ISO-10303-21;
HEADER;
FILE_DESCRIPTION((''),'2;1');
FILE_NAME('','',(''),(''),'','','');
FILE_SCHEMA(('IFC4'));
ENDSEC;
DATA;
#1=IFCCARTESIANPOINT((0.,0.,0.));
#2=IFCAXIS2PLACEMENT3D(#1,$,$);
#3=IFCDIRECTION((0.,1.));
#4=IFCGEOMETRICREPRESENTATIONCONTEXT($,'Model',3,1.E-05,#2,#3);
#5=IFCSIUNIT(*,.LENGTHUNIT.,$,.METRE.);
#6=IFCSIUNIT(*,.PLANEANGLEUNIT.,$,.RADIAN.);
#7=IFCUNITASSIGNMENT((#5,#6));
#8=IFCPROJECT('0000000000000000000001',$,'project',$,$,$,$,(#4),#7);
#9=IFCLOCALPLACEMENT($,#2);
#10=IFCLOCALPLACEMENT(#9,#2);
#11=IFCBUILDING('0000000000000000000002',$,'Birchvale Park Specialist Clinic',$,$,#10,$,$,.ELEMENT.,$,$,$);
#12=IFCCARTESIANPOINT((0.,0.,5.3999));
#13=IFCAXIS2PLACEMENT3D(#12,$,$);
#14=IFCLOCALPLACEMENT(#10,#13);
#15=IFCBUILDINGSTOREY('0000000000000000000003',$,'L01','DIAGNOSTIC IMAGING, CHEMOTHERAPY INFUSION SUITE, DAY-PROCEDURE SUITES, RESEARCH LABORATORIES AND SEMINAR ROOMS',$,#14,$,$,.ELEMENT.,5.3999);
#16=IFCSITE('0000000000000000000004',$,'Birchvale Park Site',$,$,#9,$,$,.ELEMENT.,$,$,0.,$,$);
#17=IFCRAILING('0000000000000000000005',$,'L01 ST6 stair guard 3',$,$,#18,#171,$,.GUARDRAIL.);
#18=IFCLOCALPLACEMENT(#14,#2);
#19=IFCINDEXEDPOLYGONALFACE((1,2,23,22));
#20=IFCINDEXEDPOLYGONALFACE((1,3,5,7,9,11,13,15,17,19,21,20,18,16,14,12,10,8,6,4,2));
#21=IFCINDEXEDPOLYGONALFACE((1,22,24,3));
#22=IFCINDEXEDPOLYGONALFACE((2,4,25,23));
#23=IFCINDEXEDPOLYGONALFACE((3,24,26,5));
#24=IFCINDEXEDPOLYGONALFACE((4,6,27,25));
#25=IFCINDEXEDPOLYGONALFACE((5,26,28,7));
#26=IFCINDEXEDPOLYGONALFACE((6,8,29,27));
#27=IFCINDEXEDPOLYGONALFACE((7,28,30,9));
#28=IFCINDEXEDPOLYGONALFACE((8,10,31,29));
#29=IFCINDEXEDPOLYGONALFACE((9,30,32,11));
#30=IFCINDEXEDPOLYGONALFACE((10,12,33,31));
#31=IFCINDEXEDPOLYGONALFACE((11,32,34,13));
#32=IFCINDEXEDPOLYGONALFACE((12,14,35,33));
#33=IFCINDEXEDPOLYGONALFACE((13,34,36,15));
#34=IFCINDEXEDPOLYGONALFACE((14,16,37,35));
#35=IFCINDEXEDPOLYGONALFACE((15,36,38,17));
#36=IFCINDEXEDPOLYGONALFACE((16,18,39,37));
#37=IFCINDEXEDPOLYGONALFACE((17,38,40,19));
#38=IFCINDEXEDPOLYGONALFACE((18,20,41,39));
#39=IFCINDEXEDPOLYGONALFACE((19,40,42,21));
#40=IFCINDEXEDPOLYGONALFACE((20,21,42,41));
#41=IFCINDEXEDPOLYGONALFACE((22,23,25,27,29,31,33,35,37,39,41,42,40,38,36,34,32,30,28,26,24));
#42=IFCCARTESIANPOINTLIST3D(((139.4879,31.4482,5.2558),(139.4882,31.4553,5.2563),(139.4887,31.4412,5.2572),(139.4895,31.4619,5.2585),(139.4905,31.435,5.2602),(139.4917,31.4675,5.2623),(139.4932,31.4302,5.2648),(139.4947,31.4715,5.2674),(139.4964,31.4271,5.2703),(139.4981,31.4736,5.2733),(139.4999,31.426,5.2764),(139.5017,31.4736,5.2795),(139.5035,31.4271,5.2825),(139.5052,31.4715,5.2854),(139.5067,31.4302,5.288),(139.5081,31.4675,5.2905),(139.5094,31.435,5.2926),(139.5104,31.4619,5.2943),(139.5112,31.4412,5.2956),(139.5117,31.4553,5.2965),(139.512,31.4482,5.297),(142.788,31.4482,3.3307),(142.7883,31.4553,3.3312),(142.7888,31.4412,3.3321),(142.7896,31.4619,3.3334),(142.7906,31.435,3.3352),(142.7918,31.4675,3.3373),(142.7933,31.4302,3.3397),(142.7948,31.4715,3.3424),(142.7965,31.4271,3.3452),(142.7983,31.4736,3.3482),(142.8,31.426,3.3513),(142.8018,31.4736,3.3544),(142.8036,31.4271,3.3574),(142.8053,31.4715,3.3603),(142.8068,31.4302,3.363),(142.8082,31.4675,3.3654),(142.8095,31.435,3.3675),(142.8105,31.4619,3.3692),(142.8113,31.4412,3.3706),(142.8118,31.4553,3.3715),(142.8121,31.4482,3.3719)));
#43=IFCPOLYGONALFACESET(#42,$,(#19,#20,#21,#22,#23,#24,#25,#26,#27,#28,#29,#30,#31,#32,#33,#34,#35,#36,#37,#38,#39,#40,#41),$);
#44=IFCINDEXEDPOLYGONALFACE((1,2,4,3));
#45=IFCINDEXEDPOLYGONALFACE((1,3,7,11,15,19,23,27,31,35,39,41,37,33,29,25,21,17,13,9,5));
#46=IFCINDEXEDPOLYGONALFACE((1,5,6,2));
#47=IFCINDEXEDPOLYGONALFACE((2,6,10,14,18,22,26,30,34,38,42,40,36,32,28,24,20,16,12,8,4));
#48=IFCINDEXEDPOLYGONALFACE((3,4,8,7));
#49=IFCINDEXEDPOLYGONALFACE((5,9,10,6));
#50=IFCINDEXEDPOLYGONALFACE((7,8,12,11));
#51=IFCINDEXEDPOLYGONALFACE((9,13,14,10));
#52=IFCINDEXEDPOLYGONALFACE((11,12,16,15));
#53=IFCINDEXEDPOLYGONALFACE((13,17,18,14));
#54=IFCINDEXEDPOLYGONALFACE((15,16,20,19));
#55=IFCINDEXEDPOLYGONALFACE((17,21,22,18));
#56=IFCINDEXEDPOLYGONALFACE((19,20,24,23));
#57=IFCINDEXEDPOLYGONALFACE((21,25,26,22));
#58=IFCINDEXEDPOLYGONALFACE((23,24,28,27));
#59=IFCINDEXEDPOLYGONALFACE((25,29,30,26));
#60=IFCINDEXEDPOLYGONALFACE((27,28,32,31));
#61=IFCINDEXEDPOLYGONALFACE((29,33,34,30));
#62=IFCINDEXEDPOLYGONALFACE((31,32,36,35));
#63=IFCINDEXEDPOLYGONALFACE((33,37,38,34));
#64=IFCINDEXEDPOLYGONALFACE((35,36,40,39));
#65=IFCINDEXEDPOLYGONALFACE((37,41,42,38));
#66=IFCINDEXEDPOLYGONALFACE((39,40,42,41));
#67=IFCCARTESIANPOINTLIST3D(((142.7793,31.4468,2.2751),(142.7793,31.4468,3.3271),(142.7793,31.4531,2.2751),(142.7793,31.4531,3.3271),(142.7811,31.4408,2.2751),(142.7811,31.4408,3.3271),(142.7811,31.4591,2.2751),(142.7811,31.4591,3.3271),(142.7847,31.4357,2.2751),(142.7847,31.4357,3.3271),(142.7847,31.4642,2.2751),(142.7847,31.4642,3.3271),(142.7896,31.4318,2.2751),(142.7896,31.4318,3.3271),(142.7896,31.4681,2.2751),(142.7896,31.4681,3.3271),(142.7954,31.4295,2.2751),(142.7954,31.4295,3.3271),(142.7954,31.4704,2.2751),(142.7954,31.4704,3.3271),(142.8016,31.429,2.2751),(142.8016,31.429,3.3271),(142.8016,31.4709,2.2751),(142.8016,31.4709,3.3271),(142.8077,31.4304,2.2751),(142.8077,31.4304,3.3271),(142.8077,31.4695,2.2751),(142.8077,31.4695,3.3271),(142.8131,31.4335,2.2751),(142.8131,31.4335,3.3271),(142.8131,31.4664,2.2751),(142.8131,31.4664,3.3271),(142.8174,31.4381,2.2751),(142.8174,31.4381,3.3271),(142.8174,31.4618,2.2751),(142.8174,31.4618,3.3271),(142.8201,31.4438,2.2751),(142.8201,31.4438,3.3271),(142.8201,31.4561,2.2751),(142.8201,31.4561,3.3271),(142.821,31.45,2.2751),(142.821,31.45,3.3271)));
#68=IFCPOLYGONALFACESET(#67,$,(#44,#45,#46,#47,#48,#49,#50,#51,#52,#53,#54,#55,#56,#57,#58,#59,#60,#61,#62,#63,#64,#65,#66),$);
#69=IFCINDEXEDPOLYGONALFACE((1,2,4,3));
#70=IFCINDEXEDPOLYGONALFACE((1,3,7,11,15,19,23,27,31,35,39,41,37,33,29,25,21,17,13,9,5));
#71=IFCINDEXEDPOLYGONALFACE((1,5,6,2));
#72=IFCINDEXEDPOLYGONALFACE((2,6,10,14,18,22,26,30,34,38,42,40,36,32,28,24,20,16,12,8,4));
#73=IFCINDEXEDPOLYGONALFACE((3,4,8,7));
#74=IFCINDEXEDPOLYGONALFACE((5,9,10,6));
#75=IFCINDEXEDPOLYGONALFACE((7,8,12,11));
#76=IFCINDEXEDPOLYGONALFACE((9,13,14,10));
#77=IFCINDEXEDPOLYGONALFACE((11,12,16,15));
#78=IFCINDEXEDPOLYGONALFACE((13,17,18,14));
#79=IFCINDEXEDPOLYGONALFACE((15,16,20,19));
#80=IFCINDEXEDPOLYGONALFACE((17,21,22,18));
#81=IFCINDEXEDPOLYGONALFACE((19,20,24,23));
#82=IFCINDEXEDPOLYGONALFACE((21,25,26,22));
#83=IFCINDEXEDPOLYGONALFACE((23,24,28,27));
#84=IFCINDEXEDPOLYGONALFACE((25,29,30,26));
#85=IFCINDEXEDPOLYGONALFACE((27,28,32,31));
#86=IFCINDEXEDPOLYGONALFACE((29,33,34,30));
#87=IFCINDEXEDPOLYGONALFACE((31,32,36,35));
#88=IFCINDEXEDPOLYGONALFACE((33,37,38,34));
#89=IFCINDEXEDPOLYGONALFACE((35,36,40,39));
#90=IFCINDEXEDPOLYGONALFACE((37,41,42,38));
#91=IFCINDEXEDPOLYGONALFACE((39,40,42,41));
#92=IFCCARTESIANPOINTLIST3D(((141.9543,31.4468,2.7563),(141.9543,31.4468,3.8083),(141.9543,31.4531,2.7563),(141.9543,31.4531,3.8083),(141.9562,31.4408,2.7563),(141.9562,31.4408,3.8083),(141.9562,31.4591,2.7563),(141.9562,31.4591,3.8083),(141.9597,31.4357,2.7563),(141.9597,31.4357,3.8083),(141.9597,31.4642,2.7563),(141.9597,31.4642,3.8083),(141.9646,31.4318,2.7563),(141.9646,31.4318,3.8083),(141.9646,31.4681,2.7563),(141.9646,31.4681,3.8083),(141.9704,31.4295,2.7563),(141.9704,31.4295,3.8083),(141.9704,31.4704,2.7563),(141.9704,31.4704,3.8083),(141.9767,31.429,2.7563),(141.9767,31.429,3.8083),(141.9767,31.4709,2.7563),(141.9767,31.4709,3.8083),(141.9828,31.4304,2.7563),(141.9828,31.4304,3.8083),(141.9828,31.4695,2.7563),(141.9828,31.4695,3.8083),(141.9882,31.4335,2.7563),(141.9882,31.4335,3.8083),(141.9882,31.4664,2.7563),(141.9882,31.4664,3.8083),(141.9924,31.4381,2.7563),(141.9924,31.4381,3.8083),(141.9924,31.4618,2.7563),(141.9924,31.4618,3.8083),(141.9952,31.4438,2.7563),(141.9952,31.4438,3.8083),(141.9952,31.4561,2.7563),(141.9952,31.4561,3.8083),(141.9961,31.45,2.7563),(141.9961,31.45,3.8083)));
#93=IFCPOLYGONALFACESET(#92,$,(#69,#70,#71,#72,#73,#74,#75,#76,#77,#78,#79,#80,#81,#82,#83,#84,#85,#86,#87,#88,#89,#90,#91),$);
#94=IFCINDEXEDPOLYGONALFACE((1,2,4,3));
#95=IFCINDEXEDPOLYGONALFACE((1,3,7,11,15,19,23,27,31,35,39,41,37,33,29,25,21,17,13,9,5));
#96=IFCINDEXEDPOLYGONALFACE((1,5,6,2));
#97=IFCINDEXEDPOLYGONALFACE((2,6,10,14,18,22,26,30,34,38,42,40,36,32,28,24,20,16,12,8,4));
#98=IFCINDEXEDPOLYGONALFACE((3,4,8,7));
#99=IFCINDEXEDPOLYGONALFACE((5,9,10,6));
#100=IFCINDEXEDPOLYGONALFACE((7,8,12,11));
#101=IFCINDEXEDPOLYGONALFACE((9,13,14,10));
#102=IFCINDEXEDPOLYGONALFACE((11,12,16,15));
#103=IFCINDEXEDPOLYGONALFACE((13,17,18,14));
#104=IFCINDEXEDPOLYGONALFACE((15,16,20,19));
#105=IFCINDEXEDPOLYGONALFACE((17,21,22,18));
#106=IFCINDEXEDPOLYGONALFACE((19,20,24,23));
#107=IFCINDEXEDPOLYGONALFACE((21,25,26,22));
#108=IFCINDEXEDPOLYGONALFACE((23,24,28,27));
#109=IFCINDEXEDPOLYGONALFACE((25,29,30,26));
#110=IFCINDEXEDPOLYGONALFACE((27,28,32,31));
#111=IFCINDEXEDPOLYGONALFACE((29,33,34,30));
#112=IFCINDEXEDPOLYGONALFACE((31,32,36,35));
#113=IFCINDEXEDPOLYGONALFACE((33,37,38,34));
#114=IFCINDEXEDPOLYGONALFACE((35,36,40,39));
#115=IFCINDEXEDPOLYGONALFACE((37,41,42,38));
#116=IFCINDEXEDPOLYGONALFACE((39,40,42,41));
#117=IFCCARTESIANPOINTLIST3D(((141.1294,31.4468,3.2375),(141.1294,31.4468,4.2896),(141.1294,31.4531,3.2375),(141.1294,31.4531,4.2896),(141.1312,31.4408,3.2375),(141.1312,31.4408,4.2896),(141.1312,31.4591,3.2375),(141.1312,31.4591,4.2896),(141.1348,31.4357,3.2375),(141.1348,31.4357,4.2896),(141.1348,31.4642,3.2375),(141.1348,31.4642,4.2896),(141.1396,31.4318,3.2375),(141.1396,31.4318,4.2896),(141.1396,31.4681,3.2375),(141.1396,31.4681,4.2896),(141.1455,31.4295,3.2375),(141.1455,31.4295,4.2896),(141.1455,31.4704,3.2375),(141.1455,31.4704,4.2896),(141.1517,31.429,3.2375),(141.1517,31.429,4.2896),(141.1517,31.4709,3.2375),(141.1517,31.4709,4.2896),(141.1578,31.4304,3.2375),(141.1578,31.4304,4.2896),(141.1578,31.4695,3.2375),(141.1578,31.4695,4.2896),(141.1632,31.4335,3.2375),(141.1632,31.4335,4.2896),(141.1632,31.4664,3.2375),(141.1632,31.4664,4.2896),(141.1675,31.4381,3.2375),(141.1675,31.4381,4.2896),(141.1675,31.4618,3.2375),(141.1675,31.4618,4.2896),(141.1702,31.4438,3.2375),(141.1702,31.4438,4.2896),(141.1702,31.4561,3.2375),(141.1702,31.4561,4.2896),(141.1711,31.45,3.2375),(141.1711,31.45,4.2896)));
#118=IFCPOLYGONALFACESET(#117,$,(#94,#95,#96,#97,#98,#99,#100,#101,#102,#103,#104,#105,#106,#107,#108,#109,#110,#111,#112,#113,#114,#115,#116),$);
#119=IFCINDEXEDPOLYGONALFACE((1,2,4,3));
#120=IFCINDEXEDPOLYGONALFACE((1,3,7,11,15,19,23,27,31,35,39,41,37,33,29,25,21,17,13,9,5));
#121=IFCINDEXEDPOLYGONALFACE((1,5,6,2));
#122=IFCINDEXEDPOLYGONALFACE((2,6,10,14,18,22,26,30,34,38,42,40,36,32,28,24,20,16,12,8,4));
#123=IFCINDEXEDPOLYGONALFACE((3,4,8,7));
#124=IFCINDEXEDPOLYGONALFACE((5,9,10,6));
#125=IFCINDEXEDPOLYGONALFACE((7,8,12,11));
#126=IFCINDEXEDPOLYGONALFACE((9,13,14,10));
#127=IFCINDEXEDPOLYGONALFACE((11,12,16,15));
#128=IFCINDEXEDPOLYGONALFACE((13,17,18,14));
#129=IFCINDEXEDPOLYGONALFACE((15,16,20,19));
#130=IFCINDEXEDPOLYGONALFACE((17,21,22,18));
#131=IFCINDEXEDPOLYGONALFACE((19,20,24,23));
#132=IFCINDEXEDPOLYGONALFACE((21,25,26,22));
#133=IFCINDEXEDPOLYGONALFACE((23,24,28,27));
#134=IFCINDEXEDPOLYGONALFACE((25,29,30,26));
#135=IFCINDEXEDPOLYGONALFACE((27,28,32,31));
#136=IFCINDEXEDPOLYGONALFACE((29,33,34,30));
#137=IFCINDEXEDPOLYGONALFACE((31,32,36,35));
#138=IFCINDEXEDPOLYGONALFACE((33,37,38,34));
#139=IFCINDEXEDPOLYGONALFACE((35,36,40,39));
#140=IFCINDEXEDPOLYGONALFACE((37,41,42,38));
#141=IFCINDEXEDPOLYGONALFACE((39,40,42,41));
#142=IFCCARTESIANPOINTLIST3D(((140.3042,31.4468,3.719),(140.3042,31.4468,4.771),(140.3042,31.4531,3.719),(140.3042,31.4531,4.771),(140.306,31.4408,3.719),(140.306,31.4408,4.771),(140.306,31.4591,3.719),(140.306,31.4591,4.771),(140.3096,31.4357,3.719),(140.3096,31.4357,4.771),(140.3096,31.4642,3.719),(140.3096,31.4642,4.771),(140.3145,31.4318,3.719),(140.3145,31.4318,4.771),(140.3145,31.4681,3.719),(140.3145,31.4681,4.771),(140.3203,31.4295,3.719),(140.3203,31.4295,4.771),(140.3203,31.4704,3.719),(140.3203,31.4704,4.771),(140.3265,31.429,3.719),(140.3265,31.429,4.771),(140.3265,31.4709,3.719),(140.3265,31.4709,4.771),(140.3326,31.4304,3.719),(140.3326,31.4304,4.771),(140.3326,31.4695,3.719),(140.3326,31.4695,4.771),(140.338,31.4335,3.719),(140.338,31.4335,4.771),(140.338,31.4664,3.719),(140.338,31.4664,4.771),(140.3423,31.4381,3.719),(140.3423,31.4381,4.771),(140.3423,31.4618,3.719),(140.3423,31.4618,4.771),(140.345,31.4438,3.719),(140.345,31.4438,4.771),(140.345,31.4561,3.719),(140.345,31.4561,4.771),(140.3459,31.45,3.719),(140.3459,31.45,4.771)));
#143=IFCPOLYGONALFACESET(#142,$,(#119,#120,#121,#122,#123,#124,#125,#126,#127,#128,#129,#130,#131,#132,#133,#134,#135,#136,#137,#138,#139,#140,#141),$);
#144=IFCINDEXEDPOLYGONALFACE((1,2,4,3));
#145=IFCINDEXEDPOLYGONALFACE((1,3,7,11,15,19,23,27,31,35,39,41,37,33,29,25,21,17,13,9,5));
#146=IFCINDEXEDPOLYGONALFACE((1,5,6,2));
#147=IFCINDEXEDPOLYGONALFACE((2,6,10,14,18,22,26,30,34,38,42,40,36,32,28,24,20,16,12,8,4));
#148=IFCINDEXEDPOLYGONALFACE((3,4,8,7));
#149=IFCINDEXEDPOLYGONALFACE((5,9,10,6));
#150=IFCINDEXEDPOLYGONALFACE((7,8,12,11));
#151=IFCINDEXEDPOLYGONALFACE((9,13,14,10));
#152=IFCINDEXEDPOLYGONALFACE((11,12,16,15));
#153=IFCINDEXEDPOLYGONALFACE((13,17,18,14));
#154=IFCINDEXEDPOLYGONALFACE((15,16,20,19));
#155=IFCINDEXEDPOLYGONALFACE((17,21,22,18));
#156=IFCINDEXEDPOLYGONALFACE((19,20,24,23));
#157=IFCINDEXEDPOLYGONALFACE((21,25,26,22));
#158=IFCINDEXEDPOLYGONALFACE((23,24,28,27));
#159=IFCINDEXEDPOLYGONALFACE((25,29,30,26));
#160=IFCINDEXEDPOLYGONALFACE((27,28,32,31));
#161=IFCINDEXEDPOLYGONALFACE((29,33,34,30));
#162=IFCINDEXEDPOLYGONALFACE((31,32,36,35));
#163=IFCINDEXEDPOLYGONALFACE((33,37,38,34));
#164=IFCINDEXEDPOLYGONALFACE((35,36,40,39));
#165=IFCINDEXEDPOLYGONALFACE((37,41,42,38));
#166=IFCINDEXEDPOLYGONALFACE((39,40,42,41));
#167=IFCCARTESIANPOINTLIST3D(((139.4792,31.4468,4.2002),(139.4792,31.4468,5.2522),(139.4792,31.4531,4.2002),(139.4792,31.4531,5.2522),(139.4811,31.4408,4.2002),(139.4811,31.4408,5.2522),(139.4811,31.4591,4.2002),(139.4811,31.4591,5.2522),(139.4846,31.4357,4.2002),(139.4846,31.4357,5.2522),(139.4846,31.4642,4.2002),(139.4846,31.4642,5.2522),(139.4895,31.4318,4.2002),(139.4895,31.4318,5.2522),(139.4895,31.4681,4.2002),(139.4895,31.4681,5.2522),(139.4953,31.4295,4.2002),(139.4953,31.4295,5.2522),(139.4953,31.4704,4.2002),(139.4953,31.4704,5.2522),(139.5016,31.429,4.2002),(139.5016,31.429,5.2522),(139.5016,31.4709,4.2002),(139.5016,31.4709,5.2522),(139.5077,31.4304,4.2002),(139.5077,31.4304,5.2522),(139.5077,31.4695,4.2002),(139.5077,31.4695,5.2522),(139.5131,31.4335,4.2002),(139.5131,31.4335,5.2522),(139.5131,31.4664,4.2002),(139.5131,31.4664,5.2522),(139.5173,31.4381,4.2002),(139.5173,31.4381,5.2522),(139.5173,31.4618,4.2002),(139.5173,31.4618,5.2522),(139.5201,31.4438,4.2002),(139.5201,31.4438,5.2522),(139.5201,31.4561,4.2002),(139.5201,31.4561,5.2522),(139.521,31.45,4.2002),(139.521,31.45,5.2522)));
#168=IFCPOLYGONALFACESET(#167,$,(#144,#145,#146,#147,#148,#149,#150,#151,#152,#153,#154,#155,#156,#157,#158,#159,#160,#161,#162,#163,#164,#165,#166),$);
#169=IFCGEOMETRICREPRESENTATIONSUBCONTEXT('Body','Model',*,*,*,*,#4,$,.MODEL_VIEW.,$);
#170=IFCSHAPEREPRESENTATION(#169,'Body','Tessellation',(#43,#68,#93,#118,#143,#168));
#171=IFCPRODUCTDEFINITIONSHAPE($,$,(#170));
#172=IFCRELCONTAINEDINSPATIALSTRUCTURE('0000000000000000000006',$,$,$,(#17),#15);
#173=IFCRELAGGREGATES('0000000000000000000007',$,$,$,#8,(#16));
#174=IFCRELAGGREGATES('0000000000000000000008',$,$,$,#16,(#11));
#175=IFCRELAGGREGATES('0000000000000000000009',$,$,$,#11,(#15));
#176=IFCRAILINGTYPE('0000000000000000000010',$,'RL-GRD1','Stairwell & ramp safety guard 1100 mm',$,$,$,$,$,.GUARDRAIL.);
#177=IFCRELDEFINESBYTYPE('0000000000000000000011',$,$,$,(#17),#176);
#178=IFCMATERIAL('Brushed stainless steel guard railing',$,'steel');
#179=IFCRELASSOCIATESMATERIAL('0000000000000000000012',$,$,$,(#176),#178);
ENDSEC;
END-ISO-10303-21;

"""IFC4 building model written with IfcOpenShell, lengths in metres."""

from ifc_helpers import new_model, si_unit, direction, frame, origin, origin_2d, place, context, subcontext, project, spatial, circle, extrude, material, type_object, element, save


model = new_model("IFC4")

# Units and contexts
model_context = context("Model", 3, precision=1e-05, world=origin(), true_north=direction((0.0, 1.0)))
body_context = subcontext(model_context, "Body", "Model", "MODEL_VIEW")
ifc_project = project(units=[si_unit("LENGTHUNIT", "METRE"), si_unit("PLANEANGLEUNIT", "RADIAN")], contexts=[model_context])

# Site, building, storey
site_placement = place(None, origin())
site = spatial("IfcSite", under=ifc_project, at=site_placement, Name="Birchvale Park Site", CompositionType="ELEMENT", RefElevation=0.0)
building_placement = place(site_placement, origin())
building = spatial("IfcBuilding", under=site, at=building_placement, Name="Birchvale Park Specialist Clinic", CompositionType="ELEMENT")
storey_placement = place(building_placement, frame((0.0, 0.0, 5.3999)))
storey = spatial("IfcBuildingStorey", under=building, at=storey_placement, Name="L01", Description="DIAGNOSTIC IMAGING, CHEMOTHERAPY INFUSION SUITE, DAY-PROCEDURE SUITES, RESEARCH LABORATORIES AND SEMINAR ROOMS", CompositionType="ELEMENT", Elevation=5.3999)

# Railing
ifc_material_1 = material(Name="Brushed stainless steel guard railing", Category="steel")
railing_type_1 = type_object("IfcRailingType", Name="RL-GRD1", Description="Stairwell & ramp safety guard 1100 mm", PredefinedType="GUARDRAIL", material=ifc_material_1)
railing_1_placement = place(storey_placement, frame((142.8, 31.45, 2.2751)))
element("IfcRailing", 1, at=railing_1_placement, inside=storey, type_object=railing_type_1, Name="L01 ST6 stair guard 3", PredefinedType="GUARDRAIL", context=body_context, shape_type="SweptSolid", body=[
    extrude(circle(Radius=0.0239, at=origin_2d()), frame((0.0, 0.0, 1.0762), z_axis=(-0.863777, 0.0, 0.503875), x_axis=(0.0, -1.0, 0.0)), (0.0, 0.0, 1.0), 3.8206),
    extrude(circle(Radius=0.021, at=origin_2d()), origin(), (0.0, 0.0, 1.0), 1.052),
    extrude(circle(Radius=0.021, at=origin_2d()), frame((-0.825, 0.0, 0.4812)), (0.0, 0.0, 1.0), 1.052),
    extrude(circle(Radius=0.021, at=origin_2d()), frame((-1.6499, 0.0, 0.9624)), (0.0, 0.0, 1.0), 1.052),
    extrude(circle(Radius=0.021, at=origin_2d()), frame((-2.4751, 0.0, 1.4438)), (0.0, 0.0, 1.0), 1.052),
    extrude(circle(Radius=0.021, at=origin_2d()), frame((-3.3, 0.0, 1.925)), (0.0, 0.0, 1.0), 1.052),
])

save(model, "model.ifc")
